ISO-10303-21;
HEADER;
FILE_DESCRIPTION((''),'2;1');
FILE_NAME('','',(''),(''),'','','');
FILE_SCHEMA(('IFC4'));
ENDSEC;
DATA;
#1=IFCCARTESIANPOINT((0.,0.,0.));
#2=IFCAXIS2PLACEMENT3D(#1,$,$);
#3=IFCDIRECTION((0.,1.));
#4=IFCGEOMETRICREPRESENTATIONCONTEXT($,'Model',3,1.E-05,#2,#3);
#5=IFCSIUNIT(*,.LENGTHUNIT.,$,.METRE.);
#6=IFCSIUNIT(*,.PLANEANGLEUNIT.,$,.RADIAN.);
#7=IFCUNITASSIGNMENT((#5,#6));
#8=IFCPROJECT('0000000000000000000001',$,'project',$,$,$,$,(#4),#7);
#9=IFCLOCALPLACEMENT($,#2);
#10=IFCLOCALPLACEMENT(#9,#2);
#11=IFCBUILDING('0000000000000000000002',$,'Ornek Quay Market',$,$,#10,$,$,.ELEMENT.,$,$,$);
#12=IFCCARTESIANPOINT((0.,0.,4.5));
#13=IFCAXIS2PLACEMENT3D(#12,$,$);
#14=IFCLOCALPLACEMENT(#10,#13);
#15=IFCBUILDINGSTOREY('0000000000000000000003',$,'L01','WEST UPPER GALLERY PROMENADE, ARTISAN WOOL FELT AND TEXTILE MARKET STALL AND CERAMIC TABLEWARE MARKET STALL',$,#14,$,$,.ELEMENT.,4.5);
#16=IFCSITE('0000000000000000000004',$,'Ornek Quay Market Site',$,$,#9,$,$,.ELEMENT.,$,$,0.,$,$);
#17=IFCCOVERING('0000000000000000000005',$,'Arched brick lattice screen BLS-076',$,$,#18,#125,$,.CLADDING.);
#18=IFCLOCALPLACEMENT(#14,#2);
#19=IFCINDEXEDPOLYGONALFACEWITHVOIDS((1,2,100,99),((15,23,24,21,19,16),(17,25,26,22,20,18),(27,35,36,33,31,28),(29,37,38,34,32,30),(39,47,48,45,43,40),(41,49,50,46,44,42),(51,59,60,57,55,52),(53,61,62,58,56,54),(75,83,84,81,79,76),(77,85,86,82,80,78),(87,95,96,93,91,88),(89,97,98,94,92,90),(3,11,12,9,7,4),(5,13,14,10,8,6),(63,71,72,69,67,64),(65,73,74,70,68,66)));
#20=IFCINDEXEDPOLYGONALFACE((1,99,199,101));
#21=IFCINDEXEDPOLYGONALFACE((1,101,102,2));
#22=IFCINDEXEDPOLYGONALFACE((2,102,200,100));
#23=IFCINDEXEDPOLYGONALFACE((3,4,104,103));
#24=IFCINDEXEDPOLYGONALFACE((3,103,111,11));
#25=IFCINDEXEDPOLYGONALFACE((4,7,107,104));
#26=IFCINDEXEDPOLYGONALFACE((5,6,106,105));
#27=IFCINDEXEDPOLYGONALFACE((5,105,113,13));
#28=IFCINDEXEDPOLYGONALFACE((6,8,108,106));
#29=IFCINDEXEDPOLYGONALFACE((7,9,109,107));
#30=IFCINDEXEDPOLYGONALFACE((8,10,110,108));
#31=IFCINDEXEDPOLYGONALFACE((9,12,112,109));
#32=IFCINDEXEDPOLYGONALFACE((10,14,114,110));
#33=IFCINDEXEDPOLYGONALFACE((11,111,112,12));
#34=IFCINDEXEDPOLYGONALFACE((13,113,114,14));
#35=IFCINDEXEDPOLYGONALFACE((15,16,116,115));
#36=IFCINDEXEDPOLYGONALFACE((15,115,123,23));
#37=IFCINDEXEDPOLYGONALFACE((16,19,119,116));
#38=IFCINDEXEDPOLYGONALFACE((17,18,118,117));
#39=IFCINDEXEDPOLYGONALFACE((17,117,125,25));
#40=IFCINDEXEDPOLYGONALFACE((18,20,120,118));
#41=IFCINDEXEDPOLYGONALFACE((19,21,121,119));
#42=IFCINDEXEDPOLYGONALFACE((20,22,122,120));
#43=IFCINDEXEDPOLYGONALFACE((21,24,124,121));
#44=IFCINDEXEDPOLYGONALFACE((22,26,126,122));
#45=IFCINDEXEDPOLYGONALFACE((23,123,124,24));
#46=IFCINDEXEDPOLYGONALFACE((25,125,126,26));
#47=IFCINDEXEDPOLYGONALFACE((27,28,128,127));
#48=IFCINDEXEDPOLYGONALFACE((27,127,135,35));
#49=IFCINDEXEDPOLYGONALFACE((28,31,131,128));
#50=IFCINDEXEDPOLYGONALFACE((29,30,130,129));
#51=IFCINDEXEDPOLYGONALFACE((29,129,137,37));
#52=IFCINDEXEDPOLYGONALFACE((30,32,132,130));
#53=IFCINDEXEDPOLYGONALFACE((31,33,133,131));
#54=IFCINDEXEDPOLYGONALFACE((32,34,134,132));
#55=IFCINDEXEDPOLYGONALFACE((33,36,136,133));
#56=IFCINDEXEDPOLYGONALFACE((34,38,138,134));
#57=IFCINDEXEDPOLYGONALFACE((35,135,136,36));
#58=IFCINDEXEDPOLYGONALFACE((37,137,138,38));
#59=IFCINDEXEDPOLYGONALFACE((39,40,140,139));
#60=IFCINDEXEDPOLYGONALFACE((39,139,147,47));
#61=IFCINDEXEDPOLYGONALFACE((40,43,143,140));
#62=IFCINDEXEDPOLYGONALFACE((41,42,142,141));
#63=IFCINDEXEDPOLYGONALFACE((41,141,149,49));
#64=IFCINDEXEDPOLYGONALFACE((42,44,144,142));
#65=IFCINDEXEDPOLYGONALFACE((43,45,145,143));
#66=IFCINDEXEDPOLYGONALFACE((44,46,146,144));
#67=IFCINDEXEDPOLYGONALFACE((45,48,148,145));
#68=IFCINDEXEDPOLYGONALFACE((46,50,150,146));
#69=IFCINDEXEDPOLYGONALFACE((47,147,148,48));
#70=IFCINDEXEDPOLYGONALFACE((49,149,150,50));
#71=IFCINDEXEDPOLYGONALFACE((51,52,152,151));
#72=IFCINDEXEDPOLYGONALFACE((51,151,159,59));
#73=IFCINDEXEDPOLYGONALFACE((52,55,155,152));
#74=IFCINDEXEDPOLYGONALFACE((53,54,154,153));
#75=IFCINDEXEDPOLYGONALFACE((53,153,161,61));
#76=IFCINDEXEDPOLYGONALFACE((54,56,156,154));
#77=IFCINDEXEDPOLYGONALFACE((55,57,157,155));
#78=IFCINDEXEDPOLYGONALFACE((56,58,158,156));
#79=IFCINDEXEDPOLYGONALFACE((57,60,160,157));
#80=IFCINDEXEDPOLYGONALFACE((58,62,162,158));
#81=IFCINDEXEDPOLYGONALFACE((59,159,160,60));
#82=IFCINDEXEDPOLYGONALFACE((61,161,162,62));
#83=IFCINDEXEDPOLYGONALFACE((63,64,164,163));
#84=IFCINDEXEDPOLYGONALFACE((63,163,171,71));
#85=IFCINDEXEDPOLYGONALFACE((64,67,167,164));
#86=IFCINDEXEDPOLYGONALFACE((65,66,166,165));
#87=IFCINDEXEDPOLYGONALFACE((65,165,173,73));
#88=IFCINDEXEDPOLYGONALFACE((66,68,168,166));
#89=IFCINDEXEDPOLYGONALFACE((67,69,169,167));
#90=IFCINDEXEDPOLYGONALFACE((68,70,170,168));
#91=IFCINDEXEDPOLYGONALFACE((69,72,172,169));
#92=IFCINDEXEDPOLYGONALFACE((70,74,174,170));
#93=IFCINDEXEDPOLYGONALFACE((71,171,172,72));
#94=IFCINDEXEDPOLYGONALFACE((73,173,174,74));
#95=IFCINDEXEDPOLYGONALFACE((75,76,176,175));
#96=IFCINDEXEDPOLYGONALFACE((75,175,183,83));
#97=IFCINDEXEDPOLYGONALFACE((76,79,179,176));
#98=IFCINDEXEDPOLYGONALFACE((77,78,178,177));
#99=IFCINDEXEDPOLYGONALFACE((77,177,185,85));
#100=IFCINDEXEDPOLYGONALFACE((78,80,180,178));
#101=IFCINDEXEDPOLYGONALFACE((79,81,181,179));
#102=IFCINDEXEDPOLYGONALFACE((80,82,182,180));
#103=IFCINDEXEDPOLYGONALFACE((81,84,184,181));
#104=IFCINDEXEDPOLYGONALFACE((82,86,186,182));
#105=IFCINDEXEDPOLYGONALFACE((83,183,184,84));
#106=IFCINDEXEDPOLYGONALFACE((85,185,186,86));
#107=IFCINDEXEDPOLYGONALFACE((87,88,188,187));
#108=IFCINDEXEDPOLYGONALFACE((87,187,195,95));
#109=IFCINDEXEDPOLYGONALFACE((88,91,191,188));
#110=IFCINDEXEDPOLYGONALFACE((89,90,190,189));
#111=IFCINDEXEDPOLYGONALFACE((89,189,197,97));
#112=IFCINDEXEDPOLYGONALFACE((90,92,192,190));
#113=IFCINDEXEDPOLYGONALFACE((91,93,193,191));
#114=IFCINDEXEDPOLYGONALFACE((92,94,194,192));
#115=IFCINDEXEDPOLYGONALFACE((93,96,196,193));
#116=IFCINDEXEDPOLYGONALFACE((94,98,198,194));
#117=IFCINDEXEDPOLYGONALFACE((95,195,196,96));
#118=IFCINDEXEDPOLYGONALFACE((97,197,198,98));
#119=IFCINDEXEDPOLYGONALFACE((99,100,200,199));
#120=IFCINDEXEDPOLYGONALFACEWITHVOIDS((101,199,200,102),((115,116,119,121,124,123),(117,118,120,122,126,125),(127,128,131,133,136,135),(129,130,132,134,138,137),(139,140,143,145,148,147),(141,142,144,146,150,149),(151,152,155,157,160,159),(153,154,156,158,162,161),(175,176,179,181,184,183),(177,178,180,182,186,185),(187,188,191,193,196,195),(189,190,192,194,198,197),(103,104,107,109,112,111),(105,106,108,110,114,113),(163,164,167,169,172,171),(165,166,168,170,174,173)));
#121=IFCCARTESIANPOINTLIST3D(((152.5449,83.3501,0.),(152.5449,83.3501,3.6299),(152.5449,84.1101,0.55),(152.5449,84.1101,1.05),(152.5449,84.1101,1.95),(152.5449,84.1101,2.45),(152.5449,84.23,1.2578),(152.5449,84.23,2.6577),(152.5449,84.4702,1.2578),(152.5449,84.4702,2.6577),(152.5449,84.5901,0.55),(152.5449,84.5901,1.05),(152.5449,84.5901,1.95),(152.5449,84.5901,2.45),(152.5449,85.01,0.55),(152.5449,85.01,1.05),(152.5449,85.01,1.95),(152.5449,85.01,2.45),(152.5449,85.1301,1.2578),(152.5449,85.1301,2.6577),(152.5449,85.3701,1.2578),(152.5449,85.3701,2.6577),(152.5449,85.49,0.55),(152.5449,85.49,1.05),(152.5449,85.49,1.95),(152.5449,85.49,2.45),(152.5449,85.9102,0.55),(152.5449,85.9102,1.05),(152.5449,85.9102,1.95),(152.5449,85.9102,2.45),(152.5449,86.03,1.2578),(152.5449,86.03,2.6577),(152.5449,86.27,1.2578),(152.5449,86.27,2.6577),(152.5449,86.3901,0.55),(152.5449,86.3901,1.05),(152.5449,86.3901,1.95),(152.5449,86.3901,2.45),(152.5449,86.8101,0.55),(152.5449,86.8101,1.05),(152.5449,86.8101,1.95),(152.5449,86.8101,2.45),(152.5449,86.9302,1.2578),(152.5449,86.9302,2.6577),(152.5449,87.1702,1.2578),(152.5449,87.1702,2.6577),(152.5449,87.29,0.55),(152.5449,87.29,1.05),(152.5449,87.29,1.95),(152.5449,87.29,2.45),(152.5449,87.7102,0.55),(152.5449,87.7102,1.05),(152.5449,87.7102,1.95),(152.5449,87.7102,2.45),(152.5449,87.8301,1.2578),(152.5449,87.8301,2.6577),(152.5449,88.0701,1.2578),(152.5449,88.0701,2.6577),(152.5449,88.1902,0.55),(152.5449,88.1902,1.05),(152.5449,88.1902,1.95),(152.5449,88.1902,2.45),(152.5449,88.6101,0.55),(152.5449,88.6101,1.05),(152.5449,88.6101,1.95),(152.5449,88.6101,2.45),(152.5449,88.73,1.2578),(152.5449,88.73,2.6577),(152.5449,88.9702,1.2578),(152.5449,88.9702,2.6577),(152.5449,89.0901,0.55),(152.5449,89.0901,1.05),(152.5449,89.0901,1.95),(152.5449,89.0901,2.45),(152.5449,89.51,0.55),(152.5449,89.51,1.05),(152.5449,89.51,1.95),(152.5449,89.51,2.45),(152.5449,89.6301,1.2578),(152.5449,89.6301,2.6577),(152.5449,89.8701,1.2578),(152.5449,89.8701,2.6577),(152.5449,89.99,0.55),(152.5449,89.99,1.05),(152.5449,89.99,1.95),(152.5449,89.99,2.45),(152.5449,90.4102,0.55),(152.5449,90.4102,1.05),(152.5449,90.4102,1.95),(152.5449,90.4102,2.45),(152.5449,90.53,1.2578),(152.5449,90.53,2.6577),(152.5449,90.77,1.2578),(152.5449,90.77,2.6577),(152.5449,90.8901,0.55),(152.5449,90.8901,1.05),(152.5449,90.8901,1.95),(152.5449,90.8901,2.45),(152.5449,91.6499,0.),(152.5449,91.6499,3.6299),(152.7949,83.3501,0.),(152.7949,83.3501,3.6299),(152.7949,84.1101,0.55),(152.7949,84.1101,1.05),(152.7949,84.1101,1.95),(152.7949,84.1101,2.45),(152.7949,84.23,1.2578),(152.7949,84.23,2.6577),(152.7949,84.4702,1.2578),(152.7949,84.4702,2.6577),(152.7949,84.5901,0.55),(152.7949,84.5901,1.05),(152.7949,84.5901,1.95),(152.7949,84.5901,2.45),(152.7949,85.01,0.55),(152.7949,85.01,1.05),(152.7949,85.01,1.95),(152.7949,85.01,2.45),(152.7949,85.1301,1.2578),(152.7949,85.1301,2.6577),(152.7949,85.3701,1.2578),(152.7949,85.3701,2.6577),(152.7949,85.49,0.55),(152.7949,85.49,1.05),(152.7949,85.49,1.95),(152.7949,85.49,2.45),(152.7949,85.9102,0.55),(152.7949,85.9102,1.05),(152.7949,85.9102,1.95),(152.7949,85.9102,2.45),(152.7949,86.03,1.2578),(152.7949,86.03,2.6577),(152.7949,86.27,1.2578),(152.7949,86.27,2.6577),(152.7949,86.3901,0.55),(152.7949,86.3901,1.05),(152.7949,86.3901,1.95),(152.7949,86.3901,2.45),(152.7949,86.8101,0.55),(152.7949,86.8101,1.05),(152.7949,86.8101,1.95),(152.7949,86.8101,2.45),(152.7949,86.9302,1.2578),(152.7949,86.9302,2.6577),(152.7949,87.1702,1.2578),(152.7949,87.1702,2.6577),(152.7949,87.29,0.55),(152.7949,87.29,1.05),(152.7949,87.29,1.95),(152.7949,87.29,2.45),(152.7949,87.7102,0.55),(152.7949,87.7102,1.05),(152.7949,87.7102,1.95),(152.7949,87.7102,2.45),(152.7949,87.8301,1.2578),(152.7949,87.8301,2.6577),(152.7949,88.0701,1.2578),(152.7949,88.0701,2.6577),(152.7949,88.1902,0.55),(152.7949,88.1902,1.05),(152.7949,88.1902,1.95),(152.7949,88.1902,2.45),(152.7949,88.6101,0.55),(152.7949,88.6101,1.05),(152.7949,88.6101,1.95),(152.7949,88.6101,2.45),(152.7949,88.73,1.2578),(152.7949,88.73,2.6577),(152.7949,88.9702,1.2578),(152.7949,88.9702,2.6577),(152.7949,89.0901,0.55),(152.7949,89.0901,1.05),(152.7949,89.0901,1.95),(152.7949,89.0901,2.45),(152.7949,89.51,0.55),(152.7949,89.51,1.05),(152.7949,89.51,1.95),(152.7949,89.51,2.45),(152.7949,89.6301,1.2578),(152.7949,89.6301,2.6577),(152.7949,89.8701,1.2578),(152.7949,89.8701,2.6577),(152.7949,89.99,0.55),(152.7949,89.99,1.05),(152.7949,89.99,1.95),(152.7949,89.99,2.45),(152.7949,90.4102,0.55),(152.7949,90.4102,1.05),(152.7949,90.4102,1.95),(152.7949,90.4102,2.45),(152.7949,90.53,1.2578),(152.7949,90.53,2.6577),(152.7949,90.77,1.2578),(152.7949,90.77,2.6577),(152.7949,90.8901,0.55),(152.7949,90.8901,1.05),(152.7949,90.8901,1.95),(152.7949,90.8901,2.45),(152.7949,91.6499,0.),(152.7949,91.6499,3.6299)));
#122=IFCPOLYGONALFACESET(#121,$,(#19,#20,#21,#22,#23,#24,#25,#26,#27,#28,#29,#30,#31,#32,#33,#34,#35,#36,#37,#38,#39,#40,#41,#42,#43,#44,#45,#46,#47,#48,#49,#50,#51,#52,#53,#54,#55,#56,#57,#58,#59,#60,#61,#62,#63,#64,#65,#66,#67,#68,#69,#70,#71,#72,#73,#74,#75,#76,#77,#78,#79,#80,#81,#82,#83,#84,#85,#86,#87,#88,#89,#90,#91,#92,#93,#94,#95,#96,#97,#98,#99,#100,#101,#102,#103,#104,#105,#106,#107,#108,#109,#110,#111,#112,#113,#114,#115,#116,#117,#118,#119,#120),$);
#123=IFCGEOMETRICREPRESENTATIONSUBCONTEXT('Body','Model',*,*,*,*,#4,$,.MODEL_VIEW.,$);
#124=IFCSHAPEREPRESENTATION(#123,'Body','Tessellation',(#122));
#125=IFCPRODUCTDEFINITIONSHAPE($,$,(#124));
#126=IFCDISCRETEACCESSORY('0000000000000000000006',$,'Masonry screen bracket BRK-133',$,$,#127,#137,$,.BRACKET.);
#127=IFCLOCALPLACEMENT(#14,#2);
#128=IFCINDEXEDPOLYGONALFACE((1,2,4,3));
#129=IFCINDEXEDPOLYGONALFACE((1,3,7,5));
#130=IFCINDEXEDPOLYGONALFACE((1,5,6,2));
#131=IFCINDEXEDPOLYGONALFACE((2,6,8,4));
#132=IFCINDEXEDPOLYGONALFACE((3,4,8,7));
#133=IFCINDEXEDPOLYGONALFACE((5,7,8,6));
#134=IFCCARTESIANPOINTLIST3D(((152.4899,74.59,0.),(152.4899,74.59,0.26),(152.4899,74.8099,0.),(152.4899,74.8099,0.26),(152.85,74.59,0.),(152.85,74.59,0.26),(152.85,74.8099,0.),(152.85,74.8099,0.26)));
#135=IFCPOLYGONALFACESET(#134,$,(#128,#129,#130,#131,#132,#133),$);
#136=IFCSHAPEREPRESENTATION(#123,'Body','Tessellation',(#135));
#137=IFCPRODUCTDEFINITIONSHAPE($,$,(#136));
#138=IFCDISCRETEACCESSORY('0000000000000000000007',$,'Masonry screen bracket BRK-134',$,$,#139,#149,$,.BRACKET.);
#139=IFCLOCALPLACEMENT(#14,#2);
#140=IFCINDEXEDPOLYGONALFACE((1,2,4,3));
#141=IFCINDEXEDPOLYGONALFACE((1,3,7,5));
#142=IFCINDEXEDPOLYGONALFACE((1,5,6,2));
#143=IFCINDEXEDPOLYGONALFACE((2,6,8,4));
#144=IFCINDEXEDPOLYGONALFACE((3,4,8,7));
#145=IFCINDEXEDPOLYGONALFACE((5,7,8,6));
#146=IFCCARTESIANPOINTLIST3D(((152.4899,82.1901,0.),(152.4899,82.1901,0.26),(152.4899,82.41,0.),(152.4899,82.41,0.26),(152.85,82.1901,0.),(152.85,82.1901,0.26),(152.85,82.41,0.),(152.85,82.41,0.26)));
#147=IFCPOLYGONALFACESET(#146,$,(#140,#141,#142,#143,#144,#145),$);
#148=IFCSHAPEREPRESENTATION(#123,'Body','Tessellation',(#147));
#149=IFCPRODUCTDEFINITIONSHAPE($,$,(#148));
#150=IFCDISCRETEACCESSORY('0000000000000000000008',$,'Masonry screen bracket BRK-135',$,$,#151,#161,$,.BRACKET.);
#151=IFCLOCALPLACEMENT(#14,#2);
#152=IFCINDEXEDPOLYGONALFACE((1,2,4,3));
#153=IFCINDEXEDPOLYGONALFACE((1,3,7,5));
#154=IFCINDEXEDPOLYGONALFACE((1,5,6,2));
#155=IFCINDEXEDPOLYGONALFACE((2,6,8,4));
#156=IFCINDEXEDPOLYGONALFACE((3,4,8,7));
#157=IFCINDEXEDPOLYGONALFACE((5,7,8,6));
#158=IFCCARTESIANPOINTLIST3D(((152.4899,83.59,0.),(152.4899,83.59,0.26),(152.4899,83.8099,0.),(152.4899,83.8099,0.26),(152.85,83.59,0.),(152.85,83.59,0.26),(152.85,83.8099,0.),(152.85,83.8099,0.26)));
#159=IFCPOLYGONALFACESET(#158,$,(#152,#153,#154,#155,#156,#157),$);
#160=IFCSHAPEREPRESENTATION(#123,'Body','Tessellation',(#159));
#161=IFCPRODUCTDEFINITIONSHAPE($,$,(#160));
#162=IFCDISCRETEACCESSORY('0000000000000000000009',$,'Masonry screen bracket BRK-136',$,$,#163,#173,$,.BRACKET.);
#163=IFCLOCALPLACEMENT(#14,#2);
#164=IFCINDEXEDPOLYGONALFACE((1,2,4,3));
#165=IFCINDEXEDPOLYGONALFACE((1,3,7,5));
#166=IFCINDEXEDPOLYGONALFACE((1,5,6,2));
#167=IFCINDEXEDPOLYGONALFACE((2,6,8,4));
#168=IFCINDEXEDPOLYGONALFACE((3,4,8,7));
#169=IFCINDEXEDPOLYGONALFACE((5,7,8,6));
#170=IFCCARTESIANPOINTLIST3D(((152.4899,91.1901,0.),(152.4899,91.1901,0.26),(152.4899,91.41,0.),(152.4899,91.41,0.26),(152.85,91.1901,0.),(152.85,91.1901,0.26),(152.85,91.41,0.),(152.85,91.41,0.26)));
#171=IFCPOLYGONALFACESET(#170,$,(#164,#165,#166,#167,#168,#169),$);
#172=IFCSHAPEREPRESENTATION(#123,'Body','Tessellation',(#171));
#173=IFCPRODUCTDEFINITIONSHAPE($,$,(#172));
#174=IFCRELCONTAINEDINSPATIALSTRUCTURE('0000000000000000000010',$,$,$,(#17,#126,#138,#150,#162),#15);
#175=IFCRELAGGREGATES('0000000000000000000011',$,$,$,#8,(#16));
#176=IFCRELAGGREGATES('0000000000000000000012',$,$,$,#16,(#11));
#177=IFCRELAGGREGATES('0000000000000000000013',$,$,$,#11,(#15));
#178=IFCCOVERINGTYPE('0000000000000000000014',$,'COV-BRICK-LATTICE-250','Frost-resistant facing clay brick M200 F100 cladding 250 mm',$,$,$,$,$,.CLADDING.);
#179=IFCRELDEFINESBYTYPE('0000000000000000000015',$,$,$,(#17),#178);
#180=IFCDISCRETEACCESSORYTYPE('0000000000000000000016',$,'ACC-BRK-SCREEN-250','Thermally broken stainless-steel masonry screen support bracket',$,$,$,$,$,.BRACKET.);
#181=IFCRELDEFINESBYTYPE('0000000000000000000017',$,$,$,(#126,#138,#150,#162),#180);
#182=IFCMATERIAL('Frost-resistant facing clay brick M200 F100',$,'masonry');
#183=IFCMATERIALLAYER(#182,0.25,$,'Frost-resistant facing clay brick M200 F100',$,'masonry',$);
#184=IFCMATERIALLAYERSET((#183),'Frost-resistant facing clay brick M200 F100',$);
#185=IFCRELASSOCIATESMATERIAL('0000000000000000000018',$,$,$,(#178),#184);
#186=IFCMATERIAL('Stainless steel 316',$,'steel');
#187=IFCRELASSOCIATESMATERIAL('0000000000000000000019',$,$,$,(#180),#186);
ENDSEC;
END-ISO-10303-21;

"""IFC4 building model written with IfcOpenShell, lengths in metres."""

from ifc_helpers import new_model, si_unit, direction, frame, origin, origin_2d, place, context, subcontext, project, spatial, polyline, rectangle, outline, extrude, material, layer, layer_set, type_object, element, save


model = new_model("IFC4")

# Units and contexts
model_context = context("Model", 3, precision=1e-05, world=origin(), true_north=direction((0.0, 1.0)))
body_context = subcontext(model_context, "Body", "Model", "MODEL_VIEW")
ifc_project = project(units=[si_unit("LENGTHUNIT", "METRE"), si_unit("PLANEANGLEUNIT", "RADIAN")], contexts=[model_context])

# Site, building, storey
site_placement = place(None, origin())
site = spatial("IfcSite", under=ifc_project, at=site_placement, Name="Ornek Quay Market Site", CompositionType="ELEMENT", RefElevation=0.0)
building_placement = place(site_placement, origin())
building = spatial("IfcBuilding", under=site, at=building_placement, Name="Ornek Quay Market", CompositionType="ELEMENT")
storey_placement = place(building_placement, frame((0.0, 0.0, 4.5)))
storey = spatial("IfcBuildingStorey", under=building, at=storey_placement, Name="L01", Description="WEST UPPER GALLERY PROMENADE, ARTISAN WOOL FELT AND TEXTILE MARKET STALL AND CERAMIC TABLEWARE MARKET STALL", CompositionType="ELEMENT", Elevation=4.5)

# Shared definitions
ifc_material_1 = material(Name="Frost-resistant facing clay brick M200 F100", Category="masonry")

# Covering
ifc_layer_1 = layer(ifc_material_1, 0.25, Name="Frost-resistant facing clay brick M200 F100", Category="masonry")
ifc_layer_set_1 = layer_set([ifc_layer_1], Name="Frost-resistant facing clay brick M200 F100")
covering_type = type_object("IfcCoveringType", Name="COV-BRICK-LATTICE-250", Description="Frost-resistant facing clay brick M200 F100 cladding 250 mm", PredefinedType="CLADDING", material=ifc_layer_set_1)
covering_1_placement = place(storey_placement, frame((152.6699, 83.3501, 0.0), z_axis=(0.0, 0.0, 1.0), x_axis=(0.0, 1.0, 0.0)))
element("IfcCovering", 1, at=covering_1_placement, inside=storey, type_object=covering_type, Name="Arched brick lattice screen BLS-076", PredefinedType="CLADDING", context=body_context, shape_type="SweptSolid", body=[
    extrude(outline(polyline([(0.0, 0.0), (8.2998, 0.0), (8.2998, 3.6299), (0.0, 3.6299), (0.0, 0.0)]), holes=[polyline([(0.76, 0.55), (1.24, 0.55), (1.24, 1.05), (1.1201, 1.2578), (0.8799, 1.2578), (0.76, 1.05), (0.76, 0.55)]), polyline([(0.76, 1.95), (1.24, 1.95), (1.24, 2.45), (1.1201, 2.6577), (0.8799, 2.6577), (0.76, 2.45), (0.76, 1.95)]), polyline([(1.6599, 0.55), (2.1399, 0.55), (2.1399, 1.05), (2.02, 1.2578), (1.78, 1.2578), (1.6599, 1.05), (1.6599, 0.55)]), polyline([(1.6599, 1.95), (2.1399, 1.95), (2.1399, 2.45), (2.02, 2.6577), (1.78, 2.6577), (1.6599, 2.45), (1.6599, 1.95)]), polyline([(2.5601, 0.55), (3.04, 0.55), (3.04, 1.05), (2.9199, 1.2578), (2.6799, 1.2578), (2.5601, 1.05), (2.5601, 0.55)]), polyline([(2.5601, 1.95), (3.04, 1.95), (3.04, 2.45), (2.9199, 2.6577), (2.6799, 2.6577), (2.5601, 2.45), (2.5601, 1.95)]), polyline([(3.46, 0.55), (3.9399, 0.55), (3.9399, 1.05), (3.8201, 1.2578), (3.5801, 1.2578), (3.46, 1.05), (3.46, 0.55)]), polyline([(3.46, 1.95), (3.9399, 1.95), (3.9399, 2.45), (3.8201, 2.6577), (3.5801, 2.6577), (3.46, 2.45), (3.46, 1.95)]), polyline([(4.3601, 0.55), (4.8401, 0.55), (4.8401, 1.05), (4.72, 1.2578), (4.48, 1.2578), (4.3601, 1.05), (4.3601, 0.55)]), polyline([(4.3601, 1.95), (4.8401, 1.95), (4.8401, 2.45), (4.72, 2.6577), (4.48, 2.6577), (4.3601, 2.45), (4.3601, 1.95)]), polyline([(5.26, 0.55), (5.74, 0.55), (5.74, 1.05), (5.6201, 1.2578), (5.3799, 1.2578), (5.26, 1.05), (5.26, 0.55)]), polyline([(5.26, 1.95), (5.74, 1.95), (5.74, 2.45), (5.6201, 2.6577), (5.3799, 2.6577), (5.26, 2.45), (5.26, 1.95)]), polyline([(6.1599, 0.55), (6.6399, 0.55), (6.6399, 1.05), (6.52, 1.2578), (6.28, 1.2578), (6.1599, 1.05), (6.1599, 0.55)]), polyline([(6.1599, 1.95), (6.6399, 1.95), (6.6399, 2.45), (6.52, 2.6577), (6.28, 2.6577), (6.1599, 2.45), (6.1599, 1.95)]), polyline([(7.0601, 0.55), (7.54, 0.55), (7.54, 1.05), (7.4199, 1.2578), (7.1799, 1.2578), (7.0601, 1.05), (7.0601, 0.55)]), polyline([(7.0601, 1.95), (7.54, 1.95), (7.54, 2.45), (7.4199, 2.6577), (7.1799, 2.6577), (7.0601, 2.45), (7.0601, 1.95)])]), frame((0.0, 0.125, 0.0), z_axis=(0.0, -1.0, 0.0), x_axis=(1.0, 0.0, 0.0)), (0.0, 0.0, 1.0), 0.25),
])

# Discrete accessories
ifc_material_2 = material(Name="Stainless steel 316", Category="steel")
discrete_accessory_type = type_object("IfcDiscreteAccessoryType", Name="ACC-BRK-SCREEN-250", Description="Thermally broken stainless-steel masonry screen support bracket", PredefinedType="BRACKET", material=ifc_material_2)
for number, where, z_axis, x_axis, name in (
    (2, (152.6699, 74.7, 0.0), (0.0, 0.0, 1.0), (0.0, 1.0, 0.0), "Masonry screen bracket BRK-133"),
    (3, (152.6699, 82.3, 0.0), (0.0, 0.0, 1.0), (0.0, 1.0, 0.0), "Masonry screen bracket BRK-134"),
    (4, (152.6699, 83.7, 0.0), (0.0, 0.0, 1.0), (0.0, 1.0, 0.0), "Masonry screen bracket BRK-135"),
    (5, (152.6699, 91.3, 0.0), (0.0, 0.0, 1.0), (0.0, 1.0, 0.0), "Masonry screen bracket BRK-136"),
):
    element("IfcDiscreteAccessory", number, at=place(storey_placement, frame(where, z_axis=z_axis, x_axis=x_axis)), inside=storey, type_object=discrete_accessory_type, Name=name, PredefinedType="BRACKET", context=body_context, shape_type="SweptSolid", body=[
        extrude(rectangle(XDim=0.22, YDim=0.3601, at=origin_2d()), origin(), (0.0, 0.0, 1.0), 0.26),
    ])

save(model, "model.ifc")
